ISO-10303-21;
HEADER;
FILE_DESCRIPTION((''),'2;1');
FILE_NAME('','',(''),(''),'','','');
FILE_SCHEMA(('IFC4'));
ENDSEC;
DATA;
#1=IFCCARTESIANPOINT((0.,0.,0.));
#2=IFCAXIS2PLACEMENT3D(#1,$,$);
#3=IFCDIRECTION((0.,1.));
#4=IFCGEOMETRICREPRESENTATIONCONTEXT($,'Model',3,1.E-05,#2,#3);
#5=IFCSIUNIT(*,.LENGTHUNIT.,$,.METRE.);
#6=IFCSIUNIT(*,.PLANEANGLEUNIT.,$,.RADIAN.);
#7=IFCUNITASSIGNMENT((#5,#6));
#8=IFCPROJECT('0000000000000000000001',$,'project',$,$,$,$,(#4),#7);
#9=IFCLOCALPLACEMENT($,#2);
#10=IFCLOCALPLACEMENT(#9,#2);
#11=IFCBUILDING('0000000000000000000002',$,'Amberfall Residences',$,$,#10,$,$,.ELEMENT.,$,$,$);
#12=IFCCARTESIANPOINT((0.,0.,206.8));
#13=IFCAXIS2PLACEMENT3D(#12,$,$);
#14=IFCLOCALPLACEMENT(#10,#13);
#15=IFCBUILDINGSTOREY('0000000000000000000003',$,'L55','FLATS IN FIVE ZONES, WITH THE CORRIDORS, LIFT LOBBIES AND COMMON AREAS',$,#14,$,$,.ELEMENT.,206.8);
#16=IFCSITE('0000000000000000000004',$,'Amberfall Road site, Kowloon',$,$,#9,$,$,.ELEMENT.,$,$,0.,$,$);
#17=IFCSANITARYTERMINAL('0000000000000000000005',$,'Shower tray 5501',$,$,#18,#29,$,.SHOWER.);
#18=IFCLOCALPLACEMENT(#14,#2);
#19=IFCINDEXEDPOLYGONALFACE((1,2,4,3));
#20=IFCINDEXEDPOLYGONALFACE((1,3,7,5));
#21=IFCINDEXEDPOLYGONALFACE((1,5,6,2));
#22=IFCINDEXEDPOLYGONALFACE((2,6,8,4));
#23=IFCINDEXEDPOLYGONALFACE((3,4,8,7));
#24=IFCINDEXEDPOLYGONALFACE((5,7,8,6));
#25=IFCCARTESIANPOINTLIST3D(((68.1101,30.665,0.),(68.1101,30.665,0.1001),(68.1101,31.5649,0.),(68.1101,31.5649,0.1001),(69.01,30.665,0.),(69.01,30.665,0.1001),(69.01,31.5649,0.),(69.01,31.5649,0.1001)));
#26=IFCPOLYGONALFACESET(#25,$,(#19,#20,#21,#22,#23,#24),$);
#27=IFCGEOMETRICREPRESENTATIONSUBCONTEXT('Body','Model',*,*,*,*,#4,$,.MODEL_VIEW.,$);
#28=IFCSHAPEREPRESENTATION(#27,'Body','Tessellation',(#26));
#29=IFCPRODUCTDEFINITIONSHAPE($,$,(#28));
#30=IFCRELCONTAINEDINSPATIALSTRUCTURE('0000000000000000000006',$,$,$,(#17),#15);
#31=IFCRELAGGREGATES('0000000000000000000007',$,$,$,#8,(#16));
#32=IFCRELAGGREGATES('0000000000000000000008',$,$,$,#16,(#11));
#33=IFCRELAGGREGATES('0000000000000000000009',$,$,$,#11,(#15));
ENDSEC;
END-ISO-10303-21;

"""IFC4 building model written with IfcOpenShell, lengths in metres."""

from ifc_helpers import new_model, si_unit, direction, frame, origin, origin_2d, place, context, subcontext, project, spatial, rectangle, extrude, element, save


model = new_model("IFC4")

# Units and contexts
model_context = context("Model", 3, precision=1e-05, world=origin(), true_north=direction((0.0, 1.0)))
body_context = subcontext(model_context, "Body", "Model", "MODEL_VIEW")
ifc_project = project(units=[si_unit("LENGTHUNIT", "METRE"), si_unit("PLANEANGLEUNIT", "RADIAN")], contexts=[model_context])

# Site, building, storey
site_placement = place(None, origin())
site = spatial("IfcSite", under=ifc_project, at=site_placement, Name="Amberfall Road site, Kowloon", CompositionType="ELEMENT", RefElevation=0.0)
building_placement = place(site_placement, origin())
building = spatial("IfcBuilding", under=site, at=building_placement, Name="Amberfall Residences", CompositionType="ELEMENT")
storey_placement = place(building_placement, frame((0.0, 0.0, 206.8)))
storey = spatial("IfcBuildingStorey", under=building, at=storey_placement, Name="L55", Description="FLATS IN FIVE ZONES, WITH THE CORRIDORS, LIFT LOBBIES AND COMMON AREAS", CompositionType="ELEMENT", Elevation=206.8)

# Sanitary terminal
sanitary_terminal_1_placement = place(storey_placement, frame((68.5601, 31.115, 0.0), z_axis=(0.0, 0.0, 1.0), x_axis=(1.0, 0.0, 0.0)))
element("IfcSanitaryTerminal", 1, at=sanitary_terminal_1_placement, inside=storey, Name="Shower tray 5501", PredefinedType="SHOWER", context=body_context, shape_type="SweptSolid", body=[
    extrude(rectangle(XDim=0.8999, YDim=0.8999, at=origin_2d()), origin(), (0.0, 0.0, 1.0), 0.1001),
])

save(model, "model.ifc")
